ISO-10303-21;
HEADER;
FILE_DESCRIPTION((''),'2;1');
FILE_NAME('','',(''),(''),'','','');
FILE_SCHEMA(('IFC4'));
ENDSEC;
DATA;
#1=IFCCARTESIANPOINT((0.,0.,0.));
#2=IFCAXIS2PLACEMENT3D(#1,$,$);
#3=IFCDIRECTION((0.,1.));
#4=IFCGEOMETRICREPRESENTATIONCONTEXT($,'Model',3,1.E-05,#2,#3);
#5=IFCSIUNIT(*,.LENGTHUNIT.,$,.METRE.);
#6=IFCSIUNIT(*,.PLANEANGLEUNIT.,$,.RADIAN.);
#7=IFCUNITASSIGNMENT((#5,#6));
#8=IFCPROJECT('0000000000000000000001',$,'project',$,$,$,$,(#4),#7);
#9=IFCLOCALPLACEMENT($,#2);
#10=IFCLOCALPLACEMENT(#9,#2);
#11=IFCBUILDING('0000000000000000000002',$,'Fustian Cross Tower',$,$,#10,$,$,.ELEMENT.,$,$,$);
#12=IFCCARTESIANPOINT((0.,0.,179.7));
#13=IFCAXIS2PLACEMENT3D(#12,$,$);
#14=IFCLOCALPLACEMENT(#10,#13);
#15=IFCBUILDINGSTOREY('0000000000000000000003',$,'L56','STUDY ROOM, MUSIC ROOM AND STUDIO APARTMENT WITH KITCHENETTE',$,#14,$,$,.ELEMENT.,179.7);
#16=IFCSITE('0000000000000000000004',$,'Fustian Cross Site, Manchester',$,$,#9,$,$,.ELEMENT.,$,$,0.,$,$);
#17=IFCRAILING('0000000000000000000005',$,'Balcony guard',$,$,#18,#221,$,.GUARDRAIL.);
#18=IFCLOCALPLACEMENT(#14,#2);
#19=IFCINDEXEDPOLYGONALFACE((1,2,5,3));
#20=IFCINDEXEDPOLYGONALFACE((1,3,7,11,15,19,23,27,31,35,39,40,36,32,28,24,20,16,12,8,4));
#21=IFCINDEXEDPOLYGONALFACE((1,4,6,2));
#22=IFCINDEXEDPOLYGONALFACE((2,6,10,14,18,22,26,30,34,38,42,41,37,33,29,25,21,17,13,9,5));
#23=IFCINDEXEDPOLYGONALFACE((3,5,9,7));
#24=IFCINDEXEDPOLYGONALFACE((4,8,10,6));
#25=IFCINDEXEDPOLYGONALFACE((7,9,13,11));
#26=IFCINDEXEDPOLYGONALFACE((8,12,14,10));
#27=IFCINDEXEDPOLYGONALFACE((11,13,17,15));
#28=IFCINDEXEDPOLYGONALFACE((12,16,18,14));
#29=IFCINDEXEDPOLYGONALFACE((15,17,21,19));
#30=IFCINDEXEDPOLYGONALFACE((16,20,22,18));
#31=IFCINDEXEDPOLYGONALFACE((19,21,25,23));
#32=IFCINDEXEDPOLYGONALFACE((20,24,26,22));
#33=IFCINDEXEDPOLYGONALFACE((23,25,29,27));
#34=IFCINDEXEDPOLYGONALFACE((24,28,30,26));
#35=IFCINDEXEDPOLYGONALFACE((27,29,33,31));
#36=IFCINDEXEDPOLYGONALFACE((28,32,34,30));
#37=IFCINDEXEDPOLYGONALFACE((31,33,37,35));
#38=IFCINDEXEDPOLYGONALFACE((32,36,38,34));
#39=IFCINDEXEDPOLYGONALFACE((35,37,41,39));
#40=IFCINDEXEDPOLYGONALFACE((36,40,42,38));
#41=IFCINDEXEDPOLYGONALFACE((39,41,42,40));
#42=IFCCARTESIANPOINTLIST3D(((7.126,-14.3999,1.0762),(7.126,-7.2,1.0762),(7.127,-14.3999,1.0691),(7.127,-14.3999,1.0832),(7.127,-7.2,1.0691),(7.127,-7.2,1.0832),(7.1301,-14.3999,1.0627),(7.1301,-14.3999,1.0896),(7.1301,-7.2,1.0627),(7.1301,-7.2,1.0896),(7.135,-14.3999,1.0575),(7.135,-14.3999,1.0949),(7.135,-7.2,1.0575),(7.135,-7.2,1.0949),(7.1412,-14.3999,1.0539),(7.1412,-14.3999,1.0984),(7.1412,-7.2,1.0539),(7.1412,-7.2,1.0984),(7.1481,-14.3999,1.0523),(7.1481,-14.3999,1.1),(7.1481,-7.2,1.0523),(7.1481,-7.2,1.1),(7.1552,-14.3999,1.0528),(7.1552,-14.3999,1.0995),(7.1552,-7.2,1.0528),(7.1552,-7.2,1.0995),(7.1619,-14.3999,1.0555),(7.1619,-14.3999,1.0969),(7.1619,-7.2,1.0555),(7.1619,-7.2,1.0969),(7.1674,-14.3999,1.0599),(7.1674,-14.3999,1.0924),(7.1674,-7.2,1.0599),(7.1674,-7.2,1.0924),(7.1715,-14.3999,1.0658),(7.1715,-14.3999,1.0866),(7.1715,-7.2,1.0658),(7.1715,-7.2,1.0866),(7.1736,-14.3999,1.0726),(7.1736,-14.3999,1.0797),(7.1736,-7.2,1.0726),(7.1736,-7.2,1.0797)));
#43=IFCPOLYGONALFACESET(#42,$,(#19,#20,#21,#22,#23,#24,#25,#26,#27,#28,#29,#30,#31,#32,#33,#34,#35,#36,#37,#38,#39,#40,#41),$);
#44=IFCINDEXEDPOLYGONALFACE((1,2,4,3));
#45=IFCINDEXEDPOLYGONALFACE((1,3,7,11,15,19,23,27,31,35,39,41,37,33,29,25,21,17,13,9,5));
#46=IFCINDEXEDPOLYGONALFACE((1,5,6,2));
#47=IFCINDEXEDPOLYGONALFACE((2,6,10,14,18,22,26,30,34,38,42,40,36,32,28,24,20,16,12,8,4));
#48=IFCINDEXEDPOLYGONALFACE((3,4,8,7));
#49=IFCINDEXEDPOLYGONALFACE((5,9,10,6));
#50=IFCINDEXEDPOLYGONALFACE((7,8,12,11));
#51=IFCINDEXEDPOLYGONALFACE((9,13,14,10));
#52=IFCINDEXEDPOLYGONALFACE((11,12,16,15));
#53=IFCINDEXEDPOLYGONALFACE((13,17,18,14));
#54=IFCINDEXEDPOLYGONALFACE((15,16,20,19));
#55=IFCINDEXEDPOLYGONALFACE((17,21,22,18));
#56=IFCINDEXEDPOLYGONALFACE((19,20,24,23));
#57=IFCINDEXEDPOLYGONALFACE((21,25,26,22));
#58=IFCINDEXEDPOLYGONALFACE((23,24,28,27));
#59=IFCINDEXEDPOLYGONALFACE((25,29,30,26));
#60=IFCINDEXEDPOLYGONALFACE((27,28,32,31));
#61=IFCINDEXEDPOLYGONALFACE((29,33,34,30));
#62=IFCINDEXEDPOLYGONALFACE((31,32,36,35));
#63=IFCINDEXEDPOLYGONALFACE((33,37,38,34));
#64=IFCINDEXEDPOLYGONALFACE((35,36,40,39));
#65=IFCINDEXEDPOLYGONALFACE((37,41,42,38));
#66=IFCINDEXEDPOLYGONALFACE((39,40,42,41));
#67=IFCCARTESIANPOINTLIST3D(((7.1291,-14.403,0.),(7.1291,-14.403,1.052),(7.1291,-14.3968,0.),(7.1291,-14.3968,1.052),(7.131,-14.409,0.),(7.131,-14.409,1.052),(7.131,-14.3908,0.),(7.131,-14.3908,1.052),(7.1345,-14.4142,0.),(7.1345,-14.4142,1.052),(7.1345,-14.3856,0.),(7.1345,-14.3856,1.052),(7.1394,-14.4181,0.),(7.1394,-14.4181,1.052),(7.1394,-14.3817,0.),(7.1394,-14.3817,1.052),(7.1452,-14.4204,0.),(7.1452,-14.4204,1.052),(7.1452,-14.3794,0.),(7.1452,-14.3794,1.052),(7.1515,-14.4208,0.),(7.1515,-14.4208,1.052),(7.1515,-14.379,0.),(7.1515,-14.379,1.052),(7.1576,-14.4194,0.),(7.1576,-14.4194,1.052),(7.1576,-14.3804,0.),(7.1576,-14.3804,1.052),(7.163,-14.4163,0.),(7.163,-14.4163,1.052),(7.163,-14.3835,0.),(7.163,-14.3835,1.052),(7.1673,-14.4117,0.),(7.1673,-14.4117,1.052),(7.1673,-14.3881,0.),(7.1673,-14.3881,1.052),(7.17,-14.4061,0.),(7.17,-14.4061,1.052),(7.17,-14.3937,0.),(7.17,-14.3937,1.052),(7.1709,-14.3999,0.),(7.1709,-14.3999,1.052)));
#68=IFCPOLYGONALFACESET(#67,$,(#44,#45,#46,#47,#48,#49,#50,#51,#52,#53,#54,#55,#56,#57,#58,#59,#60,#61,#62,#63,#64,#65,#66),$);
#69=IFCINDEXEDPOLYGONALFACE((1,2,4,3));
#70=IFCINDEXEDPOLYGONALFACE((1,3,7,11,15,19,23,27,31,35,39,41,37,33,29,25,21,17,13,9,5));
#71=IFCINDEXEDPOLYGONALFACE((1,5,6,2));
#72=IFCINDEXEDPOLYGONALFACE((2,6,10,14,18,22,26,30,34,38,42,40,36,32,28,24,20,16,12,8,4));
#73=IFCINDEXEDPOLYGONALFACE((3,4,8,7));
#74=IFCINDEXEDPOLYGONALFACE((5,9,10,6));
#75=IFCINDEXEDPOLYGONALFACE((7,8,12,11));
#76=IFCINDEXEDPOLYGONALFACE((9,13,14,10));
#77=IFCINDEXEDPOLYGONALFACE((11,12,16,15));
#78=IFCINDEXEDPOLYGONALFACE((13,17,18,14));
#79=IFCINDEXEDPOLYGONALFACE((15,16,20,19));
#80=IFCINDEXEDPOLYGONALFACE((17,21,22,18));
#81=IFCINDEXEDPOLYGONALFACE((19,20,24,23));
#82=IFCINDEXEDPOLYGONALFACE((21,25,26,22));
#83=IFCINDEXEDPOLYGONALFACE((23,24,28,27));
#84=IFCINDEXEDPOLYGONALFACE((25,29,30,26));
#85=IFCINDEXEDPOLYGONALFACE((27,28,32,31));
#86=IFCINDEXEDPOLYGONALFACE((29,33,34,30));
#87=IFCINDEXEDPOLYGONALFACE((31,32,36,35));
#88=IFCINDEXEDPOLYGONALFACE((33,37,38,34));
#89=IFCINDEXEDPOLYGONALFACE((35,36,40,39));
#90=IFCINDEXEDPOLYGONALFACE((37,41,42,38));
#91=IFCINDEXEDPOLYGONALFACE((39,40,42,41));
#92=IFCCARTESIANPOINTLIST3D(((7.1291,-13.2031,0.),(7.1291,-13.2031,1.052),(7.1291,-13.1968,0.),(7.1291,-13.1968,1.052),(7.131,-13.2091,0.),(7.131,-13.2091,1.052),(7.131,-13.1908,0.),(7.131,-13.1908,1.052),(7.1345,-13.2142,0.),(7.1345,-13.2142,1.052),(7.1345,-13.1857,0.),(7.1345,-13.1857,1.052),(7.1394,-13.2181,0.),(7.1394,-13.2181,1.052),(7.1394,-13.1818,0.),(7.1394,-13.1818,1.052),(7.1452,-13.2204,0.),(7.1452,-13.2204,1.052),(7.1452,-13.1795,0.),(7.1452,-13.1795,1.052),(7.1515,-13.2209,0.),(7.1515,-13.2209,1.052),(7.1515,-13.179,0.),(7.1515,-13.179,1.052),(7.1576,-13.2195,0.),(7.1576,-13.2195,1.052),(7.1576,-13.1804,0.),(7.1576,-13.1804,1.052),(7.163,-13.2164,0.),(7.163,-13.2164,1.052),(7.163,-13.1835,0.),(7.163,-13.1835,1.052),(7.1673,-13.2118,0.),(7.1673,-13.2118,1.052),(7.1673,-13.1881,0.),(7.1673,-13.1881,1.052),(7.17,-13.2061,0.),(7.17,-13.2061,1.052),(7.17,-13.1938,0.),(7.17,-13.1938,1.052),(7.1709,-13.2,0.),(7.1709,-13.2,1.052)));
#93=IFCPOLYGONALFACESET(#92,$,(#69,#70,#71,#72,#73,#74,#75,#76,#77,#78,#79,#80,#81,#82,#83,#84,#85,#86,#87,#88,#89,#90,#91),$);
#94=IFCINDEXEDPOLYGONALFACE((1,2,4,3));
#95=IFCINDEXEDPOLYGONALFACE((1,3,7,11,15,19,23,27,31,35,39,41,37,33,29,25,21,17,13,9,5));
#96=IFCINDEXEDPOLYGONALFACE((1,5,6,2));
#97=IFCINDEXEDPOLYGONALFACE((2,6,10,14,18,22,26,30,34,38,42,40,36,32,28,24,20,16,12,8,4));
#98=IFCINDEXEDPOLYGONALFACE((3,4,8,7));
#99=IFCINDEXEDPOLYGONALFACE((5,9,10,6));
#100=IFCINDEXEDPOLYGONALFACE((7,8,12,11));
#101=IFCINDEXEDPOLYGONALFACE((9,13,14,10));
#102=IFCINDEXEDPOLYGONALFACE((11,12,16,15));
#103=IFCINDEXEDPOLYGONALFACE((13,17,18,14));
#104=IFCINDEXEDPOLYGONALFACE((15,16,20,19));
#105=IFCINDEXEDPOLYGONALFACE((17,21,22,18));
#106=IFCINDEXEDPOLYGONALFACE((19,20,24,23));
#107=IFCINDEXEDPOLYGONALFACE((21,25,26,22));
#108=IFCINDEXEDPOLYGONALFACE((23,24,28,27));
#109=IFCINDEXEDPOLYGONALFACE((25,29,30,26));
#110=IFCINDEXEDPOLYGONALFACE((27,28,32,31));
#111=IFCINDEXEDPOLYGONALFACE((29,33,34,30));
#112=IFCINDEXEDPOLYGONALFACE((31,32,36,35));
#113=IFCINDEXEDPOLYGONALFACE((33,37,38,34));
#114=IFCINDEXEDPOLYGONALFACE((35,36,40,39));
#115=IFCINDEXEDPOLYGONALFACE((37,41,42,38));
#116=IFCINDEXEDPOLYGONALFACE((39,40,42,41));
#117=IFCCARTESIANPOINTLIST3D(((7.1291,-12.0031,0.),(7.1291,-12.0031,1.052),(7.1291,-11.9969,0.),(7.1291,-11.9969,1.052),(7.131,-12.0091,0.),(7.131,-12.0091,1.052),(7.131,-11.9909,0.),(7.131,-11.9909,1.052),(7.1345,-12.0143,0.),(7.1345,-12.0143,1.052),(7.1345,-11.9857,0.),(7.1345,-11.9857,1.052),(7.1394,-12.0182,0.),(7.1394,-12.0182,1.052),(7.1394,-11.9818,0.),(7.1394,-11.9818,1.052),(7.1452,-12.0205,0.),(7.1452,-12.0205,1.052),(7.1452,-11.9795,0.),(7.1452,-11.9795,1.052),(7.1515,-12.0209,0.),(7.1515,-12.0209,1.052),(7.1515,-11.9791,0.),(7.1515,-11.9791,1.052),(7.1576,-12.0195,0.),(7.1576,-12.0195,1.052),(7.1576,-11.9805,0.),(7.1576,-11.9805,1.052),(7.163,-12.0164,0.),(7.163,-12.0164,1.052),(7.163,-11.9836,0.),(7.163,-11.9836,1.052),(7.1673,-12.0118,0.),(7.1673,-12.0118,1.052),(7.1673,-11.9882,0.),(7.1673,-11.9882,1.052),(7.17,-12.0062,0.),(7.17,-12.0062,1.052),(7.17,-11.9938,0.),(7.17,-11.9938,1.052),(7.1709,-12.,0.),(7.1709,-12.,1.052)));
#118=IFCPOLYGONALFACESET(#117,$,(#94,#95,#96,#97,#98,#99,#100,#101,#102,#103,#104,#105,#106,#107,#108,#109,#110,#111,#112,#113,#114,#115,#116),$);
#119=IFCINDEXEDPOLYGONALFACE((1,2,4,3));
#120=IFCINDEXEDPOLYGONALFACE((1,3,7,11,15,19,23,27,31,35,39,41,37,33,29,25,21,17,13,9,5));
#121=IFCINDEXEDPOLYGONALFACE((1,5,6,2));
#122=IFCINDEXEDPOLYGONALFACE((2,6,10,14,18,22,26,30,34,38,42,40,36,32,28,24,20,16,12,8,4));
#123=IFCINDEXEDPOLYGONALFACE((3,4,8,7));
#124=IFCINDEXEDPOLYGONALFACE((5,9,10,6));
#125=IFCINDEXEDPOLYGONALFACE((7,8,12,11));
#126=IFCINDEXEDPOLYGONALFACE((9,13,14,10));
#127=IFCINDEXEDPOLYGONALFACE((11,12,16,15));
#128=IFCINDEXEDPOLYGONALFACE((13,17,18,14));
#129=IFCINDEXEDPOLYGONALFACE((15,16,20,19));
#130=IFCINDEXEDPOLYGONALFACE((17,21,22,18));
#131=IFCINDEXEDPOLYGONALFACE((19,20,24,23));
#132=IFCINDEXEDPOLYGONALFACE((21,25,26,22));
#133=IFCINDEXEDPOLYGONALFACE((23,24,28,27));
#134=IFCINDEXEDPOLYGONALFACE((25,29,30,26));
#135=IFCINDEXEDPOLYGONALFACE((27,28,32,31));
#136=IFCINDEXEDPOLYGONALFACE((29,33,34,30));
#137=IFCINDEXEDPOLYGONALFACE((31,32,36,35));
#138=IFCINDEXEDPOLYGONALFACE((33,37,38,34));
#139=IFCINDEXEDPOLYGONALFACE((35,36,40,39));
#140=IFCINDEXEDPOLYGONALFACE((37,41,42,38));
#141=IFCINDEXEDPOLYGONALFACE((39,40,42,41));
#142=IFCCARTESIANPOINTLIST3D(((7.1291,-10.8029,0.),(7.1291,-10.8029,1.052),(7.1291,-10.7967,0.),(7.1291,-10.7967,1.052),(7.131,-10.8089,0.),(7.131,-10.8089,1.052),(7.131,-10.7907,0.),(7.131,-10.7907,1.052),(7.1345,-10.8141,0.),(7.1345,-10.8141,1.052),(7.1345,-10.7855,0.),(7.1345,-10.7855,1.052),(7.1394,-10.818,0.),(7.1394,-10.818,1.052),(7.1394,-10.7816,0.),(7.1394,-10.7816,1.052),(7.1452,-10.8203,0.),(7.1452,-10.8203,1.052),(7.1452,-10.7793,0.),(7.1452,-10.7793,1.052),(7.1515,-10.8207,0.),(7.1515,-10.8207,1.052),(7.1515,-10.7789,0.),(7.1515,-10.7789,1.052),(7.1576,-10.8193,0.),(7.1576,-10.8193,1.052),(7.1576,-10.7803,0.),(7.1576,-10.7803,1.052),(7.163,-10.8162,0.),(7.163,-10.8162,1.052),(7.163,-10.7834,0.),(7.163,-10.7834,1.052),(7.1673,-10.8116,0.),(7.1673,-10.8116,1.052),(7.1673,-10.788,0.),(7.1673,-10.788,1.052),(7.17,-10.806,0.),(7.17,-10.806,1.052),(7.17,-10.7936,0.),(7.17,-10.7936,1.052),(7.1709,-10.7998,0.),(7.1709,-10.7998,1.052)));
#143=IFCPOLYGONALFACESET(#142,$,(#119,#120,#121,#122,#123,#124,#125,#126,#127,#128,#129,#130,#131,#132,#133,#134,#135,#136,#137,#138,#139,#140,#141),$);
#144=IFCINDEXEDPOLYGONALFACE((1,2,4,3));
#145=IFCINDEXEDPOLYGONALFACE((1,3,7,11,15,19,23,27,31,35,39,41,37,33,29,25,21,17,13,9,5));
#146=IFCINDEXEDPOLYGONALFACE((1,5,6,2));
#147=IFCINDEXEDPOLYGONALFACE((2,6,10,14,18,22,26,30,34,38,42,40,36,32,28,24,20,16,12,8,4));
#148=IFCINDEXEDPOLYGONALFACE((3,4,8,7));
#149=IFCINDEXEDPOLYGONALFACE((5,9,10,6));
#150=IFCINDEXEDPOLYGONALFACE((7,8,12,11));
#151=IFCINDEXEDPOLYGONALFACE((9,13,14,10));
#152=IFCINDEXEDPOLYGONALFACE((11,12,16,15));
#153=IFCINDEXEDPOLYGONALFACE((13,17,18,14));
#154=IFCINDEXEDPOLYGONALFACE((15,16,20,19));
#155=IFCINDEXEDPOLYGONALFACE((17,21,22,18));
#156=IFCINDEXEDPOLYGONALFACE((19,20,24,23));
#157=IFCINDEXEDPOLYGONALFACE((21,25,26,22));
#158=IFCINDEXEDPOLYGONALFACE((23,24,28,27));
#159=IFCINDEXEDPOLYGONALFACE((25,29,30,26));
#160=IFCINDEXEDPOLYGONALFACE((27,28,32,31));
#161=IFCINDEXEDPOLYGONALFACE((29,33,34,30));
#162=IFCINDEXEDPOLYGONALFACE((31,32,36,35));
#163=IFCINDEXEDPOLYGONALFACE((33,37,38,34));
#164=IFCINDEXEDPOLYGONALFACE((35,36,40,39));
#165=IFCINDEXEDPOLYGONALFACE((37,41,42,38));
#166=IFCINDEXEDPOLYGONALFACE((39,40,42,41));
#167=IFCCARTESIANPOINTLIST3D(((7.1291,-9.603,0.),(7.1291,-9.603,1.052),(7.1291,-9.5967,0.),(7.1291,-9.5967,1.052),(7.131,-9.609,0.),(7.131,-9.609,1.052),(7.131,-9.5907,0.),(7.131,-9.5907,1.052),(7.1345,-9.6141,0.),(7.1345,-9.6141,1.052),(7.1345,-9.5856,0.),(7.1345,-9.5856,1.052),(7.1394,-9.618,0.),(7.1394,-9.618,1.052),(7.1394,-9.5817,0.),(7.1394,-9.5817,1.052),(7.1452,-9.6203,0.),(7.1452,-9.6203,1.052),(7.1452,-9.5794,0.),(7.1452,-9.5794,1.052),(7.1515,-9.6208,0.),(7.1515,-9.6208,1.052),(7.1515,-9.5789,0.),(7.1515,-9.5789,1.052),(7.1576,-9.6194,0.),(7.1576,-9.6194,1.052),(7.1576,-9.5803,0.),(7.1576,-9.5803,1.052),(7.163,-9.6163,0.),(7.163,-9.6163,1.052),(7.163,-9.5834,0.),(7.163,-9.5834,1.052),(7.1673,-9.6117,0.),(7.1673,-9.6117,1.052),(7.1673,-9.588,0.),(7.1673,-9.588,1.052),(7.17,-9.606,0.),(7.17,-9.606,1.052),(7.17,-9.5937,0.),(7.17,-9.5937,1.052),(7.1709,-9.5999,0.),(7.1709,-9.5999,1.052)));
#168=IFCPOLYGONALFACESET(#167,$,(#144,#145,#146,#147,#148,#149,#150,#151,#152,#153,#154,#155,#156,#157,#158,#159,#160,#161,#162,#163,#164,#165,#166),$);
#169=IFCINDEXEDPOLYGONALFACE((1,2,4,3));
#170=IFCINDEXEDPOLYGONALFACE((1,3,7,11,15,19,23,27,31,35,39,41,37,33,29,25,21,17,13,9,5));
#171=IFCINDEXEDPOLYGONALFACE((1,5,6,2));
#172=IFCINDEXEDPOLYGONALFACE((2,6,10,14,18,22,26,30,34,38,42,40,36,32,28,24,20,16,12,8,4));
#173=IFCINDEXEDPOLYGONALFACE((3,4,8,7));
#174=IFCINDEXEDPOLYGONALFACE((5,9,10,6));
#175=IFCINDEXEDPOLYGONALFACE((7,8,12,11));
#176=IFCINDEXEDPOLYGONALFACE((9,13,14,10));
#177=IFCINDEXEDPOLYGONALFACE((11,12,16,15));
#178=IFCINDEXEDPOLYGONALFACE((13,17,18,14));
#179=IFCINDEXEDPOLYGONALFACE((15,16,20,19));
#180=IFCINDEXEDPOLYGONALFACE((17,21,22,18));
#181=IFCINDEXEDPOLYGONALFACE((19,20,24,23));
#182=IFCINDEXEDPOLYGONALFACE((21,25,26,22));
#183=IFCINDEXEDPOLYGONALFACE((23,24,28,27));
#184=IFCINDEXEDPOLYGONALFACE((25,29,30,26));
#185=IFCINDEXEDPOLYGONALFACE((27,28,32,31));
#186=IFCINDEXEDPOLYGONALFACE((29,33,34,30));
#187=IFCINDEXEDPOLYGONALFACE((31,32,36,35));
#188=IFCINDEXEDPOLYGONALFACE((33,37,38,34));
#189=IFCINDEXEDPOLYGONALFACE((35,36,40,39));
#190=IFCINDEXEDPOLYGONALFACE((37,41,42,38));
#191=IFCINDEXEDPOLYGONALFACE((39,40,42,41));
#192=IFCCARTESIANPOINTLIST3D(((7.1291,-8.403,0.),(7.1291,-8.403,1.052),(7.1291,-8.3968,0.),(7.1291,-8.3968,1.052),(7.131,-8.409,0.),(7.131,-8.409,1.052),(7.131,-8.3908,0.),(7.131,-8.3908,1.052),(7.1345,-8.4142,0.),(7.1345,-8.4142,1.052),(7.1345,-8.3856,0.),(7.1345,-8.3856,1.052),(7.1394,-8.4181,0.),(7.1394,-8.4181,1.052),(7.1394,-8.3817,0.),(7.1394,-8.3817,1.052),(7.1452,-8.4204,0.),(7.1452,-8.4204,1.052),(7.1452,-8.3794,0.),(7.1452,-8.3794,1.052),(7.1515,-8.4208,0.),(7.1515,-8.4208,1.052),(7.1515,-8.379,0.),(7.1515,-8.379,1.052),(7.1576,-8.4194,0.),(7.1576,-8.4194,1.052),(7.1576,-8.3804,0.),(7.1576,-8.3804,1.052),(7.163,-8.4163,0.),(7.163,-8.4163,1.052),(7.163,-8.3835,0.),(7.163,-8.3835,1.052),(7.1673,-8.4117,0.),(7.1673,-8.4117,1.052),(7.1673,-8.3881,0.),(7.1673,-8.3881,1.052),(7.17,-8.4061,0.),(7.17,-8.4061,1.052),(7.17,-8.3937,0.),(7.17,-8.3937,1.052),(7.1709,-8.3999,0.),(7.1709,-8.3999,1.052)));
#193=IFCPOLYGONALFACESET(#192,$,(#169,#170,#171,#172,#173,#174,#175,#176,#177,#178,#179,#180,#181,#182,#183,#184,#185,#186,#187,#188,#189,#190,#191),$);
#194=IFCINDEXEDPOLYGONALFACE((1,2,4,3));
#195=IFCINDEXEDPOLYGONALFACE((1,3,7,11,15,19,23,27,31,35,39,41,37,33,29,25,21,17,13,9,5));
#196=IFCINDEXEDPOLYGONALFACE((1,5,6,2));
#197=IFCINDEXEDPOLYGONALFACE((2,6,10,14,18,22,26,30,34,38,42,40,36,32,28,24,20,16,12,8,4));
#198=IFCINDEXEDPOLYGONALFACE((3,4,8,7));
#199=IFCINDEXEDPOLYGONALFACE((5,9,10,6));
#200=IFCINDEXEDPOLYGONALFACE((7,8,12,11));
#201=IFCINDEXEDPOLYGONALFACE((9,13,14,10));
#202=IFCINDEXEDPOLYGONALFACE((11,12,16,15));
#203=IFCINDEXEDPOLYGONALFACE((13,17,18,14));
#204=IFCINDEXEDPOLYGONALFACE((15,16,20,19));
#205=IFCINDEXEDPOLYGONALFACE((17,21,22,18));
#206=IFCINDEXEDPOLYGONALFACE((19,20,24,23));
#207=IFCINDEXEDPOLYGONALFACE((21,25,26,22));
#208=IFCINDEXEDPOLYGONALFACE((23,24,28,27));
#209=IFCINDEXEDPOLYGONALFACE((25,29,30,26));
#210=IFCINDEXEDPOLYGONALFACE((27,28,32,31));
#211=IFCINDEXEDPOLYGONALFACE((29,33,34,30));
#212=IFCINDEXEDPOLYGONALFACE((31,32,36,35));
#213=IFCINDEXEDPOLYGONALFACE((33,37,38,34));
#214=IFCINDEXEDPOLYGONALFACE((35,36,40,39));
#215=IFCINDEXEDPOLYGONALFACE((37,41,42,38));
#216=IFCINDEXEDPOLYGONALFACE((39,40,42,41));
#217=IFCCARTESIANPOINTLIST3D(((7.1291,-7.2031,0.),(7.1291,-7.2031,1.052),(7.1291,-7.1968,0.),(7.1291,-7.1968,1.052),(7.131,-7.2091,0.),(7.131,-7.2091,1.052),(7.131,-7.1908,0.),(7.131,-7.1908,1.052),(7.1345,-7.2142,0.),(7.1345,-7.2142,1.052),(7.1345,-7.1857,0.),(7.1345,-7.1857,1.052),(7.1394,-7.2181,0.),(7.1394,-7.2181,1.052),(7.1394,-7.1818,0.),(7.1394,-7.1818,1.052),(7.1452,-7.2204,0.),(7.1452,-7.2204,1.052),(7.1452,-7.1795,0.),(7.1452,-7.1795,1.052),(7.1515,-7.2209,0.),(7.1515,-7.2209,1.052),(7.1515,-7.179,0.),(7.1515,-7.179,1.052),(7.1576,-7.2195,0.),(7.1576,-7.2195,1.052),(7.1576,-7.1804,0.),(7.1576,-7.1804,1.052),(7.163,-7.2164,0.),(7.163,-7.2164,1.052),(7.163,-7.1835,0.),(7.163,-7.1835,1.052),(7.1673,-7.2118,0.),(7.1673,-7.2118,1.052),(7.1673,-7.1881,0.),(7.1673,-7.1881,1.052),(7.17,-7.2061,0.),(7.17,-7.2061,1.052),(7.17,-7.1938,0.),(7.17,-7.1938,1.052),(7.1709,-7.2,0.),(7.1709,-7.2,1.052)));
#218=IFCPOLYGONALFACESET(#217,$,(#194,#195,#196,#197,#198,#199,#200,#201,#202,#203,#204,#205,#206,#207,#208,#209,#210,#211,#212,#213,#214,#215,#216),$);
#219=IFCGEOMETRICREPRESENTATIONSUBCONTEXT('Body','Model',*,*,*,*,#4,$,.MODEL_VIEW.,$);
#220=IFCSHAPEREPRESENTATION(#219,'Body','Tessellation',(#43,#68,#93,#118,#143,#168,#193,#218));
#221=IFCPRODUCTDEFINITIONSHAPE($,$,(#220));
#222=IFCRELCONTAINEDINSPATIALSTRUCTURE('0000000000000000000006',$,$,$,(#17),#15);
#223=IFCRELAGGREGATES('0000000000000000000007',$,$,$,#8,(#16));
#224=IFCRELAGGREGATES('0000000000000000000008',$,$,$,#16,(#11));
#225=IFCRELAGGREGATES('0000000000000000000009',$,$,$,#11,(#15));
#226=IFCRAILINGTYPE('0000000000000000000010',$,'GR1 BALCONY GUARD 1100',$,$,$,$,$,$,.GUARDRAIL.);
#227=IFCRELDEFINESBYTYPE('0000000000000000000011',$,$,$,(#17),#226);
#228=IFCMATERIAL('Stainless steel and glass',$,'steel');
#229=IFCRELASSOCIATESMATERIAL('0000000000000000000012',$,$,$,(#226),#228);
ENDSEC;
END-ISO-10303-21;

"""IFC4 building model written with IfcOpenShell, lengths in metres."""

from ifc_helpers import new_model, si_unit, direction, frame, origin, origin_2d, place, context, subcontext, project, spatial, circle, extrude, material, type_object, element, save


model = new_model("IFC4")

# Units and contexts
model_context = context("Model", 3, precision=1e-05, world=origin(), true_north=direction((0.0, 1.0)))
body_context = subcontext(model_context, "Body", "Model", "MODEL_VIEW")
ifc_project = project(units=[si_unit("LENGTHUNIT", "METRE"), si_unit("PLANEANGLEUNIT", "RADIAN")], contexts=[model_context])

# Site, building, storey
site_placement = place(None, origin())
site = spatial("IfcSite", under=ifc_project, at=site_placement, Name="Fustian Cross Site, Manchester", CompositionType="ELEMENT", RefElevation=0.0)
building_placement = place(site_placement, origin())
building = spatial("IfcBuilding", under=site, at=building_placement, Name="Fustian Cross Tower", CompositionType="ELEMENT")
storey_placement = place(building_placement, frame((0.0, 0.0, 179.7)))
storey = spatial("IfcBuildingStorey", under=building, at=storey_placement, Name="L56", Description="STUDY ROOM, MUSIC ROOM AND STUDIO APARTMENT WITH KITCHENETTE", CompositionType="ELEMENT", Elevation=179.7)

# Railing
ifc_material_1 = material(Name="Stainless steel and glass", Category="steel")
railing_type_1 = type_object("IfcRailingType", Name="GR1 BALCONY GUARD 1100", PredefinedType="GUARDRAIL", material=ifc_material_1)
railing_1_placement = place(storey_placement, frame((7.1499, -14.3999, 0.0)))
element("IfcRailing", 1, at=railing_1_placement, inside=storey, type_object=railing_type_1, Name="Balcony guard", PredefinedType="GUARDRAIL", context=body_context, shape_type="SweptSolid", body=[
    extrude(circle(Radius=0.0239, at=origin_2d()), frame((0.0, 0.0, 1.0762), z_axis=(0.0, 1.0, 0.0), x_axis=(-1.0, 0.0, 0.0)), (0.0, 0.0, 1.0), 7.2),
    extrude(circle(Radius=0.021, at=origin_2d()), origin(), (0.0, 0.0, 1.0), 1.052),
    extrude(circle(Radius=0.021, at=origin_2d()), frame((0.0, 1.2, 0.0)), (0.0, 0.0, 1.0), 1.052),
    extrude(circle(Radius=0.021, at=origin_2d()), frame((0.0, 2.3999, 0.0)), (0.0, 0.0, 1.0), 1.052),
    extrude(circle(Radius=0.021, at=origin_2d()), frame((0.0, 3.6001, 0.0)), (0.0, 0.0, 1.0), 1.052),
    extrude(circle(Radius=0.021, at=origin_2d()), frame((0.0, 4.8, 0.0)), (0.0, 0.0, 1.0), 1.052),
    extrude(circle(Radius=0.021, at=origin_2d()), frame((0.0, 6.0, 0.0)), (0.0, 0.0, 1.0), 1.052),
    extrude(circle(Radius=0.021, at=origin_2d()), frame((0.0, 7.2, 0.0)), (0.0, 0.0, 1.0), 1.052),
])

save(model, "model.ifc")
